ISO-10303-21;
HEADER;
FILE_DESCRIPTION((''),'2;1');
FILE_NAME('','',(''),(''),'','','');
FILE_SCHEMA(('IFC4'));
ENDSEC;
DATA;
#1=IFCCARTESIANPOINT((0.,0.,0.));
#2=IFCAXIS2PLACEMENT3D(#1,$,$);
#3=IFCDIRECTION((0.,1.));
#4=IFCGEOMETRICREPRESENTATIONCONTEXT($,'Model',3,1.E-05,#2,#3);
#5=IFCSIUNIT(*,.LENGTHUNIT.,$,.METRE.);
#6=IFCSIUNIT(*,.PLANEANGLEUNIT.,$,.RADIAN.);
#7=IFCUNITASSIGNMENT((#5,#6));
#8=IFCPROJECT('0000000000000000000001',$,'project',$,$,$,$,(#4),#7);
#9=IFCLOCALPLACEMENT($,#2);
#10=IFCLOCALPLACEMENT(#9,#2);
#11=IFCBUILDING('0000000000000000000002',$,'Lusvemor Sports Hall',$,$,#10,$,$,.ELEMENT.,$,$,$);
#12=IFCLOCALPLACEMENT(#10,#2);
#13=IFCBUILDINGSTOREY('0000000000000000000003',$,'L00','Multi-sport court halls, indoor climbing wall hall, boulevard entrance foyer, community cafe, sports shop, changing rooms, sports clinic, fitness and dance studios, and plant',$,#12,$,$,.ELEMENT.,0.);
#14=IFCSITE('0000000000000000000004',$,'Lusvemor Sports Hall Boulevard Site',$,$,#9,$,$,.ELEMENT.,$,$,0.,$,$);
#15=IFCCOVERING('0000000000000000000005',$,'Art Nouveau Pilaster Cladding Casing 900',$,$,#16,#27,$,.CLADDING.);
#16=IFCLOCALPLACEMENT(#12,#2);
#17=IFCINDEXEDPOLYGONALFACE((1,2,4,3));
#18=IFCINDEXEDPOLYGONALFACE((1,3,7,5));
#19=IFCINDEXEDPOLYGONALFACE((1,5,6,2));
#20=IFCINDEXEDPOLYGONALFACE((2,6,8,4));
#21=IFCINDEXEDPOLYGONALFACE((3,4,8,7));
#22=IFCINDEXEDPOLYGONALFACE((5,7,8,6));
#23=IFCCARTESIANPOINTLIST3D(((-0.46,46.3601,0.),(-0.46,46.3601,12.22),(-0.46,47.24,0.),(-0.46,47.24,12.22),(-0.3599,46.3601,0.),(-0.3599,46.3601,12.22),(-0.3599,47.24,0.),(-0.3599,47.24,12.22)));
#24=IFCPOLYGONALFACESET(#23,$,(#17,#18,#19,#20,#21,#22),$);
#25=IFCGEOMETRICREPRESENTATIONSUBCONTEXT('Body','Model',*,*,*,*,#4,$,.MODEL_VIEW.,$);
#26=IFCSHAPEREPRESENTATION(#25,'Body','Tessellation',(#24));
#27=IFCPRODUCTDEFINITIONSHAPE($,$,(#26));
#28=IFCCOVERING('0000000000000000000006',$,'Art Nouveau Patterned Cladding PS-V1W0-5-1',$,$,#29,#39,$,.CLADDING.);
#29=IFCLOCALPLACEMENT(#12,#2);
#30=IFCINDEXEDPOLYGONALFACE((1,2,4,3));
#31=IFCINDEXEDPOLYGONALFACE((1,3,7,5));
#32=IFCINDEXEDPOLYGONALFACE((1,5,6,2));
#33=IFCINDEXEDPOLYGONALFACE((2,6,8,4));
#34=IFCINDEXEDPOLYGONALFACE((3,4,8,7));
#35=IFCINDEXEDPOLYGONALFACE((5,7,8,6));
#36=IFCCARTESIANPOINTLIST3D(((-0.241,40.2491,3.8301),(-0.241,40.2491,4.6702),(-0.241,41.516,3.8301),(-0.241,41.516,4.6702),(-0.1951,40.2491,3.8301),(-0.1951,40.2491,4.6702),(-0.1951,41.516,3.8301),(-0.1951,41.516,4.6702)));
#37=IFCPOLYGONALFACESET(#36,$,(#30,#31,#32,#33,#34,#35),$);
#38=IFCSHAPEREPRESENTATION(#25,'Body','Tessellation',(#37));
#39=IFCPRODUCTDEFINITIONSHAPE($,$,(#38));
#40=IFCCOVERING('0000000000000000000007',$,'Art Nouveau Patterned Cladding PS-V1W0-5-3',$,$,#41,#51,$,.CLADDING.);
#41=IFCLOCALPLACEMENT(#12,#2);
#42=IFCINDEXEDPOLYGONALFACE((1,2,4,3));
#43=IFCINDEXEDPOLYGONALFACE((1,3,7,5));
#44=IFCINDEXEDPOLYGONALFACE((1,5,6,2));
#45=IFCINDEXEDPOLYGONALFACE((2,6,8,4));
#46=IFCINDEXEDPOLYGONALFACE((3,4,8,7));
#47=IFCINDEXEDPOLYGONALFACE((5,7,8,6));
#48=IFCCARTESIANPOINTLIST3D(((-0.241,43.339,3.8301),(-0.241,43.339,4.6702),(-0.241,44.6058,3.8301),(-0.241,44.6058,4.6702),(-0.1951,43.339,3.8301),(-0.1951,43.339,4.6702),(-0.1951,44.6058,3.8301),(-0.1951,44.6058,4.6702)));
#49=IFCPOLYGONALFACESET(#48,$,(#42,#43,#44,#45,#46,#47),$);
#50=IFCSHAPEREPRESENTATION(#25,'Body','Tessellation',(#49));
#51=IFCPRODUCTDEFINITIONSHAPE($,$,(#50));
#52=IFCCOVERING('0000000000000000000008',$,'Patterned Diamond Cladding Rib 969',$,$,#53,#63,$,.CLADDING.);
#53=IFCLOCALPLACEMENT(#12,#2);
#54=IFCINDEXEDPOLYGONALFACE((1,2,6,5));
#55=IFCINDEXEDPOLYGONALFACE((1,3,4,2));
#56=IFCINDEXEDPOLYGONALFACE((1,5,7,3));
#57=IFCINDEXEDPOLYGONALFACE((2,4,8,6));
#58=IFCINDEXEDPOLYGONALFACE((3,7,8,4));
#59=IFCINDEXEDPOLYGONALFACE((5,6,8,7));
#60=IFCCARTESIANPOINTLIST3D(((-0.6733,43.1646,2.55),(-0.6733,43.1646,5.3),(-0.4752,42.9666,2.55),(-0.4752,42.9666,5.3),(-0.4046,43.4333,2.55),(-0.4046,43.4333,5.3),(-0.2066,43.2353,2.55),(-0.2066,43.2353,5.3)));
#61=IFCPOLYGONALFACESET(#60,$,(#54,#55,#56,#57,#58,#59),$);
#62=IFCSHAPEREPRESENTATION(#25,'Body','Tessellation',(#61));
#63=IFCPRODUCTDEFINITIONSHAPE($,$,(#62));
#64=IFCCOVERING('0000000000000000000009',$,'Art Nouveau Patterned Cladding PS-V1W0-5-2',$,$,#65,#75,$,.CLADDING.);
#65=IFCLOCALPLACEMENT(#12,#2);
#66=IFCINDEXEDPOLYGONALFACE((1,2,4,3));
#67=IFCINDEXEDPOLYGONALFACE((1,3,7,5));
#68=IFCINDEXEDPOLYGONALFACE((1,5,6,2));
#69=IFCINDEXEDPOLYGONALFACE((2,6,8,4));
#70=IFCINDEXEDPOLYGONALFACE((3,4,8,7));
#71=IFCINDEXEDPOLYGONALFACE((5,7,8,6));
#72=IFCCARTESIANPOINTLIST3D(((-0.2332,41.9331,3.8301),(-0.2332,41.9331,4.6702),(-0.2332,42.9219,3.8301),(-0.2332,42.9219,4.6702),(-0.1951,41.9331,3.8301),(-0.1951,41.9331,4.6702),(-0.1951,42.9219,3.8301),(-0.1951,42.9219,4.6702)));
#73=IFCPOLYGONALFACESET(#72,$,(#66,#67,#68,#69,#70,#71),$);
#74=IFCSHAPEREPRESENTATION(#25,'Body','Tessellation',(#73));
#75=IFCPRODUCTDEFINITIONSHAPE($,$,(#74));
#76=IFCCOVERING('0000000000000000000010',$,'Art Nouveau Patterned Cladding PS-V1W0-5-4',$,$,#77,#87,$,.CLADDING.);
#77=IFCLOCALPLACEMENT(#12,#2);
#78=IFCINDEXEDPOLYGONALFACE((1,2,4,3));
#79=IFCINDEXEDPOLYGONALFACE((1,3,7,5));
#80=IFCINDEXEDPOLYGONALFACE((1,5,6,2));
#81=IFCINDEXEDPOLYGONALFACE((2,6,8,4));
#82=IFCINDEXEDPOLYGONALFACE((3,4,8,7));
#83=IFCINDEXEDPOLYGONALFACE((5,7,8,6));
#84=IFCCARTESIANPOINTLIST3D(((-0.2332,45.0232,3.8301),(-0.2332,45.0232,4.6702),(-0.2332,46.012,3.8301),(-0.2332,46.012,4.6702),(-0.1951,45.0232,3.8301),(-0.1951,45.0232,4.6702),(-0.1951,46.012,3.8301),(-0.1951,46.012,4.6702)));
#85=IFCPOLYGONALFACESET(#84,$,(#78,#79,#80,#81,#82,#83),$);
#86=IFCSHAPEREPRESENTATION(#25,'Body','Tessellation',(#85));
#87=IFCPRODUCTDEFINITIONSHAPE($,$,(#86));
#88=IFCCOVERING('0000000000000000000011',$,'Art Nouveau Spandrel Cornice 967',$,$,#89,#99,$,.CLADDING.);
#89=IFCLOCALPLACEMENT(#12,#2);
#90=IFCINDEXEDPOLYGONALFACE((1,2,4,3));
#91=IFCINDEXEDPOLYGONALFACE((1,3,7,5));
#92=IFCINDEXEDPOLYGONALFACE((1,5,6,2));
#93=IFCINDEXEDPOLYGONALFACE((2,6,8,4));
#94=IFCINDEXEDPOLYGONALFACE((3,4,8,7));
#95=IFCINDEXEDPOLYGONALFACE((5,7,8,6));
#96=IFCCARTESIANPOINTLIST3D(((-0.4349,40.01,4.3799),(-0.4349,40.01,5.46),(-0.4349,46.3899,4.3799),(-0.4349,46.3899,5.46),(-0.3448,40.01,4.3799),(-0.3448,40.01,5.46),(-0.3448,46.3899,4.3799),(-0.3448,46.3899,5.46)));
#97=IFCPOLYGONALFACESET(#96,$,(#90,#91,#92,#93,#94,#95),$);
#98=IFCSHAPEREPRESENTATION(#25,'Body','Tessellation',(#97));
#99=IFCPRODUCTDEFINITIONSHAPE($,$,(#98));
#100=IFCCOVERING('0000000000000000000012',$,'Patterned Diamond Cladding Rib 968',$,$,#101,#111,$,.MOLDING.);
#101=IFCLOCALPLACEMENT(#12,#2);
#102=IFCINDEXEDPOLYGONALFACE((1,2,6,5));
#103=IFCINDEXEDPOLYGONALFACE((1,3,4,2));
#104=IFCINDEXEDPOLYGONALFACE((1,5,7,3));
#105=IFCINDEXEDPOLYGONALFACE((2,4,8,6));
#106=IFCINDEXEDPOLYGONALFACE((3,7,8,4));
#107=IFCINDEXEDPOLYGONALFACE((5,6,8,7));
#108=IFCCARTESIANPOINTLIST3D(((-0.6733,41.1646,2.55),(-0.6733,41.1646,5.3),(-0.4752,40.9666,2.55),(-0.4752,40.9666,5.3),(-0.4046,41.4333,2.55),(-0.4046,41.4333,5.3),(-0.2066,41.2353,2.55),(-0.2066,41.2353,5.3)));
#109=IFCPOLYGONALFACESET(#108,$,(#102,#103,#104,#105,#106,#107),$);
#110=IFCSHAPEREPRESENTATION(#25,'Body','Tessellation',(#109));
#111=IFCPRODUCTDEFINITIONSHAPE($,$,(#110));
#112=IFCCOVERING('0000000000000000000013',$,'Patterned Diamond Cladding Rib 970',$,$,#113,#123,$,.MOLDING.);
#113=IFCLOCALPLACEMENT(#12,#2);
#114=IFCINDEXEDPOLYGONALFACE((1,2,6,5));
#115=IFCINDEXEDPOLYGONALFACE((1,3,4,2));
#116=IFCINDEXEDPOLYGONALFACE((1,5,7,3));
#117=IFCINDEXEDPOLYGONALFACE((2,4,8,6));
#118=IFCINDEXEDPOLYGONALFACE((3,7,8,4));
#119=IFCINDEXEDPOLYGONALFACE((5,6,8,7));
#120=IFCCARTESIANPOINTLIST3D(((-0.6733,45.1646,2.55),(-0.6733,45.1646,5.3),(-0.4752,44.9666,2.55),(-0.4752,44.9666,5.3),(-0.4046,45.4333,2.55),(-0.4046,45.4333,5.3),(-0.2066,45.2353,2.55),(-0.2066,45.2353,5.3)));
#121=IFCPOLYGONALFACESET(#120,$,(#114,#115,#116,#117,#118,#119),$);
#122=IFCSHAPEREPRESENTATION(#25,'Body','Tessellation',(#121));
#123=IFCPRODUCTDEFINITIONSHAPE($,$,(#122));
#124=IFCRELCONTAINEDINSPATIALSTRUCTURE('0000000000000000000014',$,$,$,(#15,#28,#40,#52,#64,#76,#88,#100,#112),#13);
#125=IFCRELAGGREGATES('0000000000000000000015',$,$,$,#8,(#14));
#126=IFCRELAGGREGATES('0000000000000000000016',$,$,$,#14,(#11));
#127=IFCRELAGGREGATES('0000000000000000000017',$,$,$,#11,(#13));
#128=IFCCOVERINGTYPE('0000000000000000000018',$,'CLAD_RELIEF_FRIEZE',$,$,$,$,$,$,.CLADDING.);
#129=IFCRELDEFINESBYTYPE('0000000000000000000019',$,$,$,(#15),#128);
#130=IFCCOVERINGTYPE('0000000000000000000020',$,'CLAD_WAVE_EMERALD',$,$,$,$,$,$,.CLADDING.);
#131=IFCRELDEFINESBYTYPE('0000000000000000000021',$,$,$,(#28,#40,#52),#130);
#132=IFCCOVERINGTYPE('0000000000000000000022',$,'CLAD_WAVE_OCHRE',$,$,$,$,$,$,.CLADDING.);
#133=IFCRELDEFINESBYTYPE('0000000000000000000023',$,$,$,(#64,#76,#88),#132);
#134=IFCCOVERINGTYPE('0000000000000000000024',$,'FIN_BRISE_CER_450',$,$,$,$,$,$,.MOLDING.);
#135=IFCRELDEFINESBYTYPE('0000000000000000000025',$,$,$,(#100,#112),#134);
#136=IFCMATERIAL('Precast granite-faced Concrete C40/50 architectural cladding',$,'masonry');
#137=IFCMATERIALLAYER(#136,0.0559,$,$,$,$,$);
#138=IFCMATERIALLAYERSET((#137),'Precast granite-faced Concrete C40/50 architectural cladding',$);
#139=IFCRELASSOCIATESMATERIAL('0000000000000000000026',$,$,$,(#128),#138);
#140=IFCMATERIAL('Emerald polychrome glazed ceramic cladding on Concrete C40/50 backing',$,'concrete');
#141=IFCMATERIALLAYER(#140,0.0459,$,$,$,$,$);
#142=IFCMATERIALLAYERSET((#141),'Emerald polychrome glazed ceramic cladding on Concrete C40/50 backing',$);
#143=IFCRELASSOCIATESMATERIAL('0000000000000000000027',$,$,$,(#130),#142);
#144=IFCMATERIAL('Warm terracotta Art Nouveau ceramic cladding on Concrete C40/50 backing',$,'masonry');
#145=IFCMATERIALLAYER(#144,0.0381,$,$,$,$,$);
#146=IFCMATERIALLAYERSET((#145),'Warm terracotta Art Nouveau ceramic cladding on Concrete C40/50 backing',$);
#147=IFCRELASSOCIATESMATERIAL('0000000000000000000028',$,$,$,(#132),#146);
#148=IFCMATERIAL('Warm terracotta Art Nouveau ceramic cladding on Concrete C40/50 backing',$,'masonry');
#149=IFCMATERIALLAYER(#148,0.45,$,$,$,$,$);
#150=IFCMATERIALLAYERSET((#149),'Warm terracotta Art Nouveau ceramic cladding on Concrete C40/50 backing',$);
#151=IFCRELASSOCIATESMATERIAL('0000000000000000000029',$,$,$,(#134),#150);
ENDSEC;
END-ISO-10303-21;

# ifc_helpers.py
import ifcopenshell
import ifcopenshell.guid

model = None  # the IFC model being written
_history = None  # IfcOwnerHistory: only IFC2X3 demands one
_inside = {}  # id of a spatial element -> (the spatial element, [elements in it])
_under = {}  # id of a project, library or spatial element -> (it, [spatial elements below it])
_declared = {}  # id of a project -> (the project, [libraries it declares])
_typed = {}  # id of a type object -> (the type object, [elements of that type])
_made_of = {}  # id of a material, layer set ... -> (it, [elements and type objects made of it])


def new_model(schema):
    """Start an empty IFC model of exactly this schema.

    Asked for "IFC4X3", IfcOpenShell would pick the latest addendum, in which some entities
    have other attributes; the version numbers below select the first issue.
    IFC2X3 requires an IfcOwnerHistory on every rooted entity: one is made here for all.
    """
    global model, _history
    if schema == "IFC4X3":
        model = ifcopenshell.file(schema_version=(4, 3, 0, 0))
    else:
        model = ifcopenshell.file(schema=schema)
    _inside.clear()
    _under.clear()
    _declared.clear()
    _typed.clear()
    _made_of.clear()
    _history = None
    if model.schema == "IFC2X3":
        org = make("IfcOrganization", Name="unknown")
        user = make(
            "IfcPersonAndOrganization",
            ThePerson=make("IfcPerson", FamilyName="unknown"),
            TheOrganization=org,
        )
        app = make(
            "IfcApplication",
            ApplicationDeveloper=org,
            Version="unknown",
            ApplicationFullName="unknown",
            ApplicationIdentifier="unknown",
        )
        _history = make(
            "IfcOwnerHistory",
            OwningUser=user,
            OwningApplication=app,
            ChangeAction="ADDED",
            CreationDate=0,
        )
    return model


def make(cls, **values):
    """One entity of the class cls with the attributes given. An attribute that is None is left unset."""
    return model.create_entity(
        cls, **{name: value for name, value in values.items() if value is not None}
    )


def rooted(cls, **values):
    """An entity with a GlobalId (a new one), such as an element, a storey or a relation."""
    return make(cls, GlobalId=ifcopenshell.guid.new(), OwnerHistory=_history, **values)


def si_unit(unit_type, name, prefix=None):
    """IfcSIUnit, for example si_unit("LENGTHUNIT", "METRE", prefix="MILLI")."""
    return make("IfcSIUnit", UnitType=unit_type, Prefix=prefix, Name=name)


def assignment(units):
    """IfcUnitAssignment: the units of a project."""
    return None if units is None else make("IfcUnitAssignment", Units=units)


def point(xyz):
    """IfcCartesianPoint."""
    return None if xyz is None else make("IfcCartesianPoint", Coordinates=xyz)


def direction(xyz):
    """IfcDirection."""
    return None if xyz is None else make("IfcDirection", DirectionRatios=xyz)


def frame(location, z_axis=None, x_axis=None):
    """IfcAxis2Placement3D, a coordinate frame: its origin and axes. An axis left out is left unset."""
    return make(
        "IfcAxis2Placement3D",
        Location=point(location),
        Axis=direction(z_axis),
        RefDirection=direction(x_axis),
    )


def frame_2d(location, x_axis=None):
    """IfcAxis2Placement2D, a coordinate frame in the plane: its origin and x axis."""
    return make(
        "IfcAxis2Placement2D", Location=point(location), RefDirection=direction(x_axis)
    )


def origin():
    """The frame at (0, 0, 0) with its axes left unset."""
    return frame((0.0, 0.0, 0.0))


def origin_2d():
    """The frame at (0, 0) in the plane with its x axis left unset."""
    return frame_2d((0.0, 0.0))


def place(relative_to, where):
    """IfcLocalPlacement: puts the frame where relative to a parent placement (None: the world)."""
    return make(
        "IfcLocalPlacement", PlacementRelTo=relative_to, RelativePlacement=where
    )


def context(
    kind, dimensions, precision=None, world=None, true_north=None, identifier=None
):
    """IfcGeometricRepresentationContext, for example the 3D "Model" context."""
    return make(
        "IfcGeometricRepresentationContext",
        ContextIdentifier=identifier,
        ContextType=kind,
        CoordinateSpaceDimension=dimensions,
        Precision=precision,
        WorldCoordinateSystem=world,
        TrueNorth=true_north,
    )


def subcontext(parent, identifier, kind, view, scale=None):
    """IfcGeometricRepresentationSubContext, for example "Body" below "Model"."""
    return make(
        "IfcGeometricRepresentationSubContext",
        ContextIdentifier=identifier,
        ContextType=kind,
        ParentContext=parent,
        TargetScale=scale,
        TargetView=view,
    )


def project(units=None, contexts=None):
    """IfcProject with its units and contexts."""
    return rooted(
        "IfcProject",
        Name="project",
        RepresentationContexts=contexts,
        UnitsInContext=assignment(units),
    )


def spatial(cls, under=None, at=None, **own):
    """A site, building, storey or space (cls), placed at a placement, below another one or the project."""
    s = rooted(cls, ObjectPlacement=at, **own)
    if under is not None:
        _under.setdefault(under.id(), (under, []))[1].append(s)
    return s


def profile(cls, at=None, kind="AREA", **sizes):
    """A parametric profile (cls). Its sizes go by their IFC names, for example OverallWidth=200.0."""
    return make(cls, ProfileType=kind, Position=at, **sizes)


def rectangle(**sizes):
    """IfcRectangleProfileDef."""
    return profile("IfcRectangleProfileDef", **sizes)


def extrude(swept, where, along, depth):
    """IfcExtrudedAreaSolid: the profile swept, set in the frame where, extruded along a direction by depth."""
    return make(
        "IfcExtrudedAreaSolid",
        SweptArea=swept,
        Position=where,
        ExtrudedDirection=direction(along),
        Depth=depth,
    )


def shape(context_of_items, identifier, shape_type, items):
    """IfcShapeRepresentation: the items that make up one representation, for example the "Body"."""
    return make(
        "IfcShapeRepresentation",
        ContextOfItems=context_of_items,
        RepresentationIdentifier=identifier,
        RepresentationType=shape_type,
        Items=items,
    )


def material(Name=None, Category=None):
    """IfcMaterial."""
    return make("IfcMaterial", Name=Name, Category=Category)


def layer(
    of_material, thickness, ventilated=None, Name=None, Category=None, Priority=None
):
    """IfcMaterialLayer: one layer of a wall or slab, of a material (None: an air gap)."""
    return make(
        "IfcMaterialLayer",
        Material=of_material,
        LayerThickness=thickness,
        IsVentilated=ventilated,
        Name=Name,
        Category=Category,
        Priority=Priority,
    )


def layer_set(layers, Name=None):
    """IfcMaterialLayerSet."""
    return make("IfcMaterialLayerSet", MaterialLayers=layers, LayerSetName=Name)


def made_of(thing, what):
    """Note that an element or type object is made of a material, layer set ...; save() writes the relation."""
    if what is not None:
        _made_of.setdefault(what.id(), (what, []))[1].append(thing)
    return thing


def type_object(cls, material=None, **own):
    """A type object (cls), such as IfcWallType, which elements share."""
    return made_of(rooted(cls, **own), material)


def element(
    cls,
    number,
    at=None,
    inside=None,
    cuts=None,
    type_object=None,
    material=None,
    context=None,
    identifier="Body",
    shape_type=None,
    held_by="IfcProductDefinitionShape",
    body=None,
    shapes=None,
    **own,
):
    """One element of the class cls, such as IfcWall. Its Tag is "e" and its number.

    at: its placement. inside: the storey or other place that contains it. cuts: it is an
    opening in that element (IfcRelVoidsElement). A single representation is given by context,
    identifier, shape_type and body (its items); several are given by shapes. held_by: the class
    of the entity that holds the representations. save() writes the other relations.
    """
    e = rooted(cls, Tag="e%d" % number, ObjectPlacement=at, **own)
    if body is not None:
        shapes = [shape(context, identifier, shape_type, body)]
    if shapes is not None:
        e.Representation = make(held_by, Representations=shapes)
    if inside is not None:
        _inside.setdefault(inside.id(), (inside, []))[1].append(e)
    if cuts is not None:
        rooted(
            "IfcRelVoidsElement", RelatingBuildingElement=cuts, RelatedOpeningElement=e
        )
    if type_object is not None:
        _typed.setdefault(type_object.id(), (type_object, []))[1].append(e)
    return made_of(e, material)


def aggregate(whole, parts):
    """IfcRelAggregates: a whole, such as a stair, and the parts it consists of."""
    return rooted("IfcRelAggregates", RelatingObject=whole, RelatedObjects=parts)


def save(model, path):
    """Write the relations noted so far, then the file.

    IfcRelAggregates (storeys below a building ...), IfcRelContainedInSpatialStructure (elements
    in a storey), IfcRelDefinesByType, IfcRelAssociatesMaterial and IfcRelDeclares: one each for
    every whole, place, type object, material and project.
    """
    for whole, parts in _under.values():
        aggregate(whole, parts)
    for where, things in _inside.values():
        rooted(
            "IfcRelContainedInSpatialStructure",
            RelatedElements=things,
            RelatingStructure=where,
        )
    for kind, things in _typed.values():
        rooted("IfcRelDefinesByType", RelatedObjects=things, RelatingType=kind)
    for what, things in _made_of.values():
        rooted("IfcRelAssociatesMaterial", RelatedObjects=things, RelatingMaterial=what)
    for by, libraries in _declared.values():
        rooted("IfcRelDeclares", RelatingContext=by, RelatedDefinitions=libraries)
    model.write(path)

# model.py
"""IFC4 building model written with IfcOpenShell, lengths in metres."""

from ifc_helpers import new_model, si_unit, direction, frame, origin, origin_2d, place, context, subcontext, project, spatial, rectangle, extrude, material, layer, layer_set, type_object, element, save


model = new_model("IFC4")

# Units and contexts
model_context = context("Model", 3, precision=1e-05, world=origin(), true_north=direction((0.0, 1.0)))
body_context = subcontext(model_context, "Body", "Model", "MODEL_VIEW")
ifc_project = project(units=[si_unit("LENGTHUNIT", "METRE"), si_unit("PLANEANGLEUNIT", "RADIAN")], contexts=[model_context])

# Site, building, storey
site_placement = place(None, origin())
site = spatial("IfcSite", under=ifc_project, at=site_placement, Name="Lusvemor Sports Hall Boulevard Site", CompositionType="ELEMENT", RefElevation=0.0)
building_placement = place(site_placement, origin())
building = spatial("IfcBuilding", under=site, at=building_placement, Name="Lusvemor Sports Hall", CompositionType="ELEMENT")
storey_placement = place(building_placement, origin())
storey = spatial("IfcBuildingStorey", under=building, at=storey_placement, Name="L00", Description="Multi-sport court halls, indoor climbing wall hall, boulevard entrance foyer, community cafe, sports shop, changing rooms, sports clinic, fitness and dance studios, and plant", CompositionType="ELEMENT", Elevation=0.0)

# Coverings
ifc_material_1 = material(Name="Precast granite-faced Concrete C40/50 architectural cladding", Category="masonry")
ifc_layer_1 = layer(ifc_material_1, 0.0559)
ifc_layer_set_1 = layer_set([ifc_layer_1], Name="Precast granite-faced Concrete C40/50 architectural cladding")
covering_type_1 = type_object("IfcCoveringType", Name="CLAD_RELIEF_FRIEZE", PredefinedType="CLADDING", material=ifc_layer_set_1)
covering_1_placement = place(storey_placement, frame((-0.4099, 46.8, 0.0), z_axis=(0.0, 0.0, 1.0), x_axis=(1.0, 0.0, 0.0)))
element("IfcCovering", 1, at=covering_1_placement, inside=storey, type_object=covering_type_1, Name="Art Nouveau Pilaster Cladding Casing 900", PredefinedType="CLADDING", context=body_context, shape_type="SweptSolid", body=[
    extrude(rectangle(XDim=0.1001, YDim=0.8799, at=origin_2d()), origin(), (0.0, 0.0, 1.0), 12.22),
])
ifc_material_2 = material(Name="Emerald polychrome glazed ceramic cladding on Concrete C40/50 backing", Category="concrete")
ifc_layer_2 = layer(ifc_material_2, 0.0459)
ifc_layer_set_2 = layer_set([ifc_layer_2], Name="Emerald polychrome glazed ceramic cladding on Concrete C40/50 backing")
covering_type_2 = type_object("IfcCoveringType", Name="CLAD_WAVE_EMERALD", PredefinedType="CLADDING", material=ifc_layer_set_2)
for number, where, z_axis, x_axis, name in (
    (2, (-0.218, 40.8826, 3.8301), (0.0, 0.0, 1.0), (1.0, 0.0, 0.0), "Art Nouveau Patterned Cladding PS-V1W0-5-1"),
    (3, (-0.218, 43.9724, 3.8301), (0.0, 0.0, 1.0), (1.0, 0.0, 0.0), "Art Nouveau Patterned Cladding PS-V1W0-5-3"),
):
    element("IfcCovering", number, at=place(storey_placement, frame(where, z_axis=z_axis, x_axis=x_axis)), inside=storey, type_object=covering_type_2, Name=name, PredefinedType="CLADDING", context=body_context, shape_type="SweptSolid", body=[
        extrude(rectangle(XDim=0.0459, YDim=1.2668, at=origin_2d()), origin(), (0.0, 0.0, 1.0), 0.8401),
    ])
covering_2_placement = place(storey_placement, frame((-0.4399, 43.2, 2.55), z_axis=(0.0, 0.0, 1.0), x_axis=(0.707107, 0.707107, 0.0)))
element("IfcCovering", 4, at=covering_2_placement, inside=storey, type_object=covering_type_2, Name="Patterned Diamond Cladding Rib 969", PredefinedType="CLADDING", context=body_context, shape_type="SweptSolid", body=[
    extrude(rectangle(XDim=0.3799, YDim=0.28, at=origin_2d()), origin(), (0.0, 0.0, 1.0), 2.75),
])
ifc_material_3 = material(Name="Warm terracotta Art Nouveau ceramic cladding on Concrete C40/50 backing", Category="masonry")
ifc_layer_3 = layer(ifc_material_3, 0.0381)
ifc_layer_set_3 = layer_set([ifc_layer_3], Name="Warm terracotta Art Nouveau ceramic cladding on Concrete C40/50 backing")
covering_type_3 = type_object("IfcCoveringType", Name="CLAD_WAVE_OCHRE", PredefinedType="CLADDING", material=ifc_layer_set_3)
for number, where, z_axis, x_axis, name in (
    (5, (-0.2141, 42.4275, 3.8301), (0.0, 0.0, 1.0), (1.0, 0.0, 0.0), "Art Nouveau Patterned Cladding PS-V1W0-5-2"),
    (6, (-0.2141, 45.5176, 3.8301), (0.0, 0.0, 1.0), (1.0, 0.0, 0.0), "Art Nouveau Patterned Cladding PS-V1W0-5-4"),
):
    element("IfcCovering", number, at=place(storey_placement, frame(where, z_axis=z_axis, x_axis=x_axis)), inside=storey, type_object=covering_type_3, Name=name, PredefinedType="CLADDING", context=body_context, shape_type="SweptSolid", body=[
        extrude(rectangle(XDim=0.0381, YDim=0.9888, at=origin_2d()), origin(), (0.0, 0.0, 1.0), 0.8401),
    ])
covering_3_placement = place(storey_placement, frame((-0.3899, 43.2, 4.3799), z_axis=(0.0, 0.0, 1.0), x_axis=(1.0, 0.0, 0.0)))
element("IfcCovering", 7, at=covering_3_placement, inside=storey, type_object=covering_type_3, Name="Art Nouveau Spandrel Cornice 967", PredefinedType="CLADDING", context=body_context, shape_type="SweptSolid", body=[
    extrude(rectangle(XDim=0.0901, YDim=6.3799, at=origin_2d()), origin(), (0.0, 0.0, 1.0), 1.0801),
])
ifc_material_4 = material(Name="Warm terracotta Art Nouveau ceramic cladding on Concrete C40/50 backing", Category="masonry")
ifc_layer_4 = layer(ifc_material_4, 0.45)
ifc_layer_set_4 = layer_set([ifc_layer_4], Name="Warm terracotta Art Nouveau ceramic cladding on Concrete C40/50 backing")
covering_type_4 = type_object("IfcCoveringType", Name="FIN_BRISE_CER_450", PredefinedType="MOLDING", material=ifc_layer_set_4)
for number, where, z_axis, x_axis, name in (
    (8, (-0.4399, 41.2, 2.55), (0.0, 0.0, 1.0), (0.707107, 0.707107, 0.0), "Patterned Diamond Cladding Rib 968"),
    (9, (-0.4399, 45.2, 2.55), (0.0, 0.0, 1.0), (0.707107, 0.707107, 0.0), "Patterned Diamond Cladding Rib 970"),
):
    element("IfcCovering", number, at=place(storey_placement, frame(where, z_axis=z_axis, x_axis=x_axis)), inside=storey, type_object=covering_type_4, Name=name, PredefinedType="MOLDING", context=body_context, shape_type="SweptSolid", body=[
        extrude(rectangle(XDim=0.3799, YDim=0.28, at=origin_2d()), origin(), (0.0, 0.0, 1.0), 2.75),
    ])

save(model, "model.ifc")
